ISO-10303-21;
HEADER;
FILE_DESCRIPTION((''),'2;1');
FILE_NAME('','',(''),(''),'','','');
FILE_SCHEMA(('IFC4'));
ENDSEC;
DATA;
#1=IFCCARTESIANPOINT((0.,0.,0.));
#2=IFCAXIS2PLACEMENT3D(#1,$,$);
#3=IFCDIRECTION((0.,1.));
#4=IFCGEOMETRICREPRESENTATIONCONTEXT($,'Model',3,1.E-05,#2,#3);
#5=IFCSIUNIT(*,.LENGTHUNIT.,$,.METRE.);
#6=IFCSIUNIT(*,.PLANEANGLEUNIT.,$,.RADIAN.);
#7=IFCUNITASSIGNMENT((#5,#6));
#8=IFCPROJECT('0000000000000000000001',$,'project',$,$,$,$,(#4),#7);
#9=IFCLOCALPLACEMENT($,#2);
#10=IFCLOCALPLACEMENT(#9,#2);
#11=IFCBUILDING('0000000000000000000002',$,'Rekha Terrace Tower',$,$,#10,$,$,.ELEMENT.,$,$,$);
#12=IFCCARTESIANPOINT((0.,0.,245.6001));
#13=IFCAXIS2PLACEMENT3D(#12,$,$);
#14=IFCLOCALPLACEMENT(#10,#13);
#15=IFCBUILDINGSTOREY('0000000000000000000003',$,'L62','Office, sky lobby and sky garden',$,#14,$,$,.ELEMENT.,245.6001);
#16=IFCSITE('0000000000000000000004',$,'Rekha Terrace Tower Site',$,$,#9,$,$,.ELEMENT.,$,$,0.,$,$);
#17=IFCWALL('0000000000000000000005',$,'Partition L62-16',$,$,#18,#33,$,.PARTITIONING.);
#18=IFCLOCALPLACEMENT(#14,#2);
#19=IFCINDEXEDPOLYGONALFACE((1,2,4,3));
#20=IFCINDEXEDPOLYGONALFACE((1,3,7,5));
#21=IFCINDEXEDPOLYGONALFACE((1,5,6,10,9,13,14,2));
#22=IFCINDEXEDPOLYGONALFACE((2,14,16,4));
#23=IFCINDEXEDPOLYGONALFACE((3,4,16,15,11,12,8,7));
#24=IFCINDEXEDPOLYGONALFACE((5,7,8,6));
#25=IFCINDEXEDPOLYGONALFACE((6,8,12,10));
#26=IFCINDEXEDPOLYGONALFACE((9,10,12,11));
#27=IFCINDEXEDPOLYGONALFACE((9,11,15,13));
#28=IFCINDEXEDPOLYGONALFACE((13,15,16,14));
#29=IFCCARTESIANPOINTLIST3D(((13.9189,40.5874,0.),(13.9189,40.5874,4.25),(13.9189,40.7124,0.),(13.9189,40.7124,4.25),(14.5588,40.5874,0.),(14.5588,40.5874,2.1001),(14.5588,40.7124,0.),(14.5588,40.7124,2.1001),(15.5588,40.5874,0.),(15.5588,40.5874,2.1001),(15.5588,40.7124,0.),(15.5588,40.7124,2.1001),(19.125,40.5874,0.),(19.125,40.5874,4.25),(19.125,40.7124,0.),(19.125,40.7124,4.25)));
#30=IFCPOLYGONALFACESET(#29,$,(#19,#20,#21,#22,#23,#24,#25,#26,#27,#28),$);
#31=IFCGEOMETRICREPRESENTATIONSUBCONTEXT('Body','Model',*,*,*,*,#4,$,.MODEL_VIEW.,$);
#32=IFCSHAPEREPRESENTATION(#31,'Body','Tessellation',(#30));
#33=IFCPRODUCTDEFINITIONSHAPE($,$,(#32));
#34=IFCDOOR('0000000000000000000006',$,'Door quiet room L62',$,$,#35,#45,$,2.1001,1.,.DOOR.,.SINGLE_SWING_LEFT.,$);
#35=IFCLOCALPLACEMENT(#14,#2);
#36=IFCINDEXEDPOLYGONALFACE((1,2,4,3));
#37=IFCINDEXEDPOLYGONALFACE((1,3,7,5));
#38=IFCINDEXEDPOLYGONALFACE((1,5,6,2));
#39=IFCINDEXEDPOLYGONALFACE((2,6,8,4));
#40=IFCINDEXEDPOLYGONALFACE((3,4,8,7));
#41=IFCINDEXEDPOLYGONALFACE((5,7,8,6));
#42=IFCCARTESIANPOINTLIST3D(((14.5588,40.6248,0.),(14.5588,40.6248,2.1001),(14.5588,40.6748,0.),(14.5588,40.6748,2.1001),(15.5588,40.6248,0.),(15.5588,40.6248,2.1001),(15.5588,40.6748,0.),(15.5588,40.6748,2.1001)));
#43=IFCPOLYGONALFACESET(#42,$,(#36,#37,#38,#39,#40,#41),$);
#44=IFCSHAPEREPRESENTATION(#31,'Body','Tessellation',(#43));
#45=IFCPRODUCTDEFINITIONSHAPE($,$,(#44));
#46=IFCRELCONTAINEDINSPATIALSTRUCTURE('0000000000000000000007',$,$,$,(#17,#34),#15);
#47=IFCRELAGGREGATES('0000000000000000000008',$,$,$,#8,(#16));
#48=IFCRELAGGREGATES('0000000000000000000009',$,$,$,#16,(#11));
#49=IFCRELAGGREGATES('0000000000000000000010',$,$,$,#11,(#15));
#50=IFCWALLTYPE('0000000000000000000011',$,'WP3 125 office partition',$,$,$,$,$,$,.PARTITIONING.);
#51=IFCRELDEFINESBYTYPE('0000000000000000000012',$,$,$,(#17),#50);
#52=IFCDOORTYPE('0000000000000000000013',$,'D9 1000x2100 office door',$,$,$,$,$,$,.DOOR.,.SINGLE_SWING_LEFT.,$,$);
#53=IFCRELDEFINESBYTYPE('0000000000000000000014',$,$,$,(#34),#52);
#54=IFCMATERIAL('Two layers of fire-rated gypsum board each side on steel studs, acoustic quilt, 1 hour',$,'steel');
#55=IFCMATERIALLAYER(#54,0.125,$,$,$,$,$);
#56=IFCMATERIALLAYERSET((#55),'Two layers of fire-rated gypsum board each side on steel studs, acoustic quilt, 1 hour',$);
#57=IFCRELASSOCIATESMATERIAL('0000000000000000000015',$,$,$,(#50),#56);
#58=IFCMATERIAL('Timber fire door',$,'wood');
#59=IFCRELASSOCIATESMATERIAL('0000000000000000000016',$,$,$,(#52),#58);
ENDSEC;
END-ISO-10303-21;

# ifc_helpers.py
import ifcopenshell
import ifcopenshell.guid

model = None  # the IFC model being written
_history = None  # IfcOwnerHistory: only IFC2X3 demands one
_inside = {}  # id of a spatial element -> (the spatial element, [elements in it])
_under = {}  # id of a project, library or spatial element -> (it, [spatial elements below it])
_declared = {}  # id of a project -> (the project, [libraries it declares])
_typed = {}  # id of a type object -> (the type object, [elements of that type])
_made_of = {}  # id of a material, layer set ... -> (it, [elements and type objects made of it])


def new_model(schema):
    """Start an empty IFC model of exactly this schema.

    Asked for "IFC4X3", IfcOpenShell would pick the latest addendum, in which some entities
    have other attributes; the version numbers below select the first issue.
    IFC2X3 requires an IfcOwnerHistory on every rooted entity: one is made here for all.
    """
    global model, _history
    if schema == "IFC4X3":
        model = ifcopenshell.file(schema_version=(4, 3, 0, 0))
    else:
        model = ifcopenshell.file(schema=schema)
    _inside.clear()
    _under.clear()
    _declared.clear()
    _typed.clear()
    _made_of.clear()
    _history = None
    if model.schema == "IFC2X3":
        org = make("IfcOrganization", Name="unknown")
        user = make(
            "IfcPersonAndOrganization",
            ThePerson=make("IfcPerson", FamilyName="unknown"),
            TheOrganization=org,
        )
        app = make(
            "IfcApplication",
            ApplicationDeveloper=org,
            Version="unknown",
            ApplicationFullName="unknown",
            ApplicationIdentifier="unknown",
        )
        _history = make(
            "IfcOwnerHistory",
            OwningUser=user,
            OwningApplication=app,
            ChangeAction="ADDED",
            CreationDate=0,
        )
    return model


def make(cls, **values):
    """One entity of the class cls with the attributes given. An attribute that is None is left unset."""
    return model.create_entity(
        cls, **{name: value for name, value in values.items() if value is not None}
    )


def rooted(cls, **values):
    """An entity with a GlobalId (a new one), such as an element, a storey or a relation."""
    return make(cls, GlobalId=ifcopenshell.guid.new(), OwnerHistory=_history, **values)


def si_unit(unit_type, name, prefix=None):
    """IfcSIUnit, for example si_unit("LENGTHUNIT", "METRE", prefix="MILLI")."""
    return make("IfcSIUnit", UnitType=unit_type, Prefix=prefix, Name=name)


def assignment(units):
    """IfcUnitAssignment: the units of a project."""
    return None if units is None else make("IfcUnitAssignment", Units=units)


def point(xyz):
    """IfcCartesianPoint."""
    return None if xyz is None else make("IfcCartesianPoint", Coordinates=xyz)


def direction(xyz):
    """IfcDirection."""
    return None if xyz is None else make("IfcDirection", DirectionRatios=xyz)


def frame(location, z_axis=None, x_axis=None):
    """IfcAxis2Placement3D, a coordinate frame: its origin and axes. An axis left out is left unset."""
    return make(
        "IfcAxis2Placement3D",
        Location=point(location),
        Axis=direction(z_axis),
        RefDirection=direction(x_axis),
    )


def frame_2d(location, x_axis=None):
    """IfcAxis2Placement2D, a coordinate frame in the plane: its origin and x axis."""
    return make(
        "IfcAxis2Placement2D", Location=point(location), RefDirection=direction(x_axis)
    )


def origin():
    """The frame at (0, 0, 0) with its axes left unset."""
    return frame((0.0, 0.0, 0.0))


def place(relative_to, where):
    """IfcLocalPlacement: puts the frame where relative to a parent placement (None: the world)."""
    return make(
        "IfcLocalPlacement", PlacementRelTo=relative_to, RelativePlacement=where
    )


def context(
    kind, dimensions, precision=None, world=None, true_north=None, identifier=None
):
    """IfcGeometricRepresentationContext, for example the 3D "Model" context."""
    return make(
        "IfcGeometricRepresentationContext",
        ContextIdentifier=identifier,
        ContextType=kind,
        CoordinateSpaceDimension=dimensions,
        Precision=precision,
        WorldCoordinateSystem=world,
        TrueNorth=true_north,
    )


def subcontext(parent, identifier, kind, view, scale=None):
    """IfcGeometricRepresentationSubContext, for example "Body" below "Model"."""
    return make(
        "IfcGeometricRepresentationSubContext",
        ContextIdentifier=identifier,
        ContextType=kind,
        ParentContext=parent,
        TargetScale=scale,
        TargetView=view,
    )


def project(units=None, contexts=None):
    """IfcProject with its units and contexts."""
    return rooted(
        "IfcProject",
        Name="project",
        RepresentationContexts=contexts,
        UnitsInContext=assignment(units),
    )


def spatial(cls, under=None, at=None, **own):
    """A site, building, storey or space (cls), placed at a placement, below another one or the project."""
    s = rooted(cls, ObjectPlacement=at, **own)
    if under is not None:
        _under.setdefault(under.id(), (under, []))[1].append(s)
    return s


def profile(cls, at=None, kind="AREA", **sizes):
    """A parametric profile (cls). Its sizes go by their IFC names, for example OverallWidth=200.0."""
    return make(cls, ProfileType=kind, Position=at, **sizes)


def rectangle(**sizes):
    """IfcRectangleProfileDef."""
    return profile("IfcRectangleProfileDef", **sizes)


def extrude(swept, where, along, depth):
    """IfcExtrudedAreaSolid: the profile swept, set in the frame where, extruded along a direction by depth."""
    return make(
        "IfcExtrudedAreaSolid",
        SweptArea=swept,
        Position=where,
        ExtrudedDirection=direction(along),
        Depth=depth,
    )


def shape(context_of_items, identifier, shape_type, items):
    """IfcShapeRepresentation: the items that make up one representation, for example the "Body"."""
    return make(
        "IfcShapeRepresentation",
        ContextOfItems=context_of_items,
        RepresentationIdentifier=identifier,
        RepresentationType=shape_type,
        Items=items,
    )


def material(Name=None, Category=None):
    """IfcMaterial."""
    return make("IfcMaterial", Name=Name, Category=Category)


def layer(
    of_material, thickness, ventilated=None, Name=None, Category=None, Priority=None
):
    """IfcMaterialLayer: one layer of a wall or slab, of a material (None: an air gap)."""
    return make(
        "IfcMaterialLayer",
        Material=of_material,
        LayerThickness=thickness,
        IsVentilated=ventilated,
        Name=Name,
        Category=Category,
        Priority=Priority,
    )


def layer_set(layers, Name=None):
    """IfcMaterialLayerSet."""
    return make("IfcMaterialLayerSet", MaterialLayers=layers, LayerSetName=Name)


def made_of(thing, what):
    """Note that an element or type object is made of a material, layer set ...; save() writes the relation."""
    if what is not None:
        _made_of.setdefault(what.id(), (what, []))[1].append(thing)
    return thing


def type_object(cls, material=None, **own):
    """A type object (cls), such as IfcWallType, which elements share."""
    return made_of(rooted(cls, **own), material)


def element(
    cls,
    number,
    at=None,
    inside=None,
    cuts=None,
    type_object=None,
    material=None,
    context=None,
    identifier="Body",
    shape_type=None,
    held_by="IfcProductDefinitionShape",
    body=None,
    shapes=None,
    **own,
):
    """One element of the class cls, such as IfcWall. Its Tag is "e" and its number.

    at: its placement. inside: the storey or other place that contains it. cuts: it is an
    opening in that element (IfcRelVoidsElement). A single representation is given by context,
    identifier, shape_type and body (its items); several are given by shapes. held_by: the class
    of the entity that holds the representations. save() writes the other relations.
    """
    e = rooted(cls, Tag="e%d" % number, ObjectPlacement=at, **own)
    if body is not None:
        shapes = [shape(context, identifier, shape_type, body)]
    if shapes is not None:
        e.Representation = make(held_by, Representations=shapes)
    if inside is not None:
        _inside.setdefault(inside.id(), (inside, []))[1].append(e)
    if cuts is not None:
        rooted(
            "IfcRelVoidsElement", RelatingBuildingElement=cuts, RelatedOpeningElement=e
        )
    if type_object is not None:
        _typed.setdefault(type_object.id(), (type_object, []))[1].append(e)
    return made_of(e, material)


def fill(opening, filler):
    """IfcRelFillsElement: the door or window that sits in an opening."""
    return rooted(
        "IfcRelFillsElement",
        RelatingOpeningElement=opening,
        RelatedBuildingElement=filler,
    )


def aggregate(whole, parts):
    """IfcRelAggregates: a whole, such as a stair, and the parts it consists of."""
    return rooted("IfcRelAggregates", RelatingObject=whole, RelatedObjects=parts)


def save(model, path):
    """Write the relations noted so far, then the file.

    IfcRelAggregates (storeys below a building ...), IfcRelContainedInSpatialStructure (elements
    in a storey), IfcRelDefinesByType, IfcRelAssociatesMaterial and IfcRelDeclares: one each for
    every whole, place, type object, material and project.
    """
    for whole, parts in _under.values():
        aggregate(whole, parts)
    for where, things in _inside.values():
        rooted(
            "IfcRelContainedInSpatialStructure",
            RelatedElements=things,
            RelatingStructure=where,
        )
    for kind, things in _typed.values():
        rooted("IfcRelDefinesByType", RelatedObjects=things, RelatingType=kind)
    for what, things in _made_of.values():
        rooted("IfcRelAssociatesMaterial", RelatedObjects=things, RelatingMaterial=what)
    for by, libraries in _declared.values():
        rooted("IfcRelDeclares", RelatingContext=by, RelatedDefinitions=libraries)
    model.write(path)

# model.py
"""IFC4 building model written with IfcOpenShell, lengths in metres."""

from ifc_helpers import new_model, si_unit, direction, frame, frame_2d, origin, place, context, subcontext, project, spatial, rectangle, extrude, material, layer, layer_set, type_object, element, fill, save


model = new_model("IFC4")

# Units and contexts
model_context = context("Model", 3, precision=1e-05, world=origin(), true_north=direction((0.0, 1.0)))
body_context = subcontext(model_context, "Body", "Model", "MODEL_VIEW")
ifc_project = project(units=[si_unit("LENGTHUNIT", "METRE"), si_unit("PLANEANGLEUNIT", "RADIAN")], contexts=[model_context])

# Site, building, storey
site_placement = place(None, origin())
site = spatial("IfcSite", under=ifc_project, at=site_placement, Name="Rekha Terrace Tower Site", CompositionType="ELEMENT", RefElevation=0.0)
building_placement = place(site_placement, origin())
building = spatial("IfcBuilding", under=site, at=building_placement, Name="Rekha Terrace Tower", CompositionType="ELEMENT")
storey_placement = place(building_placement, frame((0.0, 0.0, 245.6001)))
storey = spatial("IfcBuildingStorey", under=building, at=storey_placement, Name="L62", Description="Office, sky lobby and sky garden", CompositionType="ELEMENT", Elevation=245.6001)

# Shared definitions
ifc_material_1 = material(Name="Two layers of fire-rated gypsum board each side on steel studs, acoustic quilt, 1 hour", Category="steel")
ifc_layer_1 = layer(ifc_material_1, 0.125)
ifc_layer_set_1 = layer_set([ifc_layer_1], Name="Two layers of fire-rated gypsum board each side on steel studs, acoustic quilt, 1 hour")
wall_type_1 = type_object("IfcWallType", Name="WP3 125 office partition", PredefinedType="PARTITIONING", material=ifc_layer_set_1)

# Shared definitions
ifc_material_2 = material(Name="Timber fire door", Category="wood")

# Shared definitions
door_type_1 = type_object("IfcDoorType", Name="D9 1000x2100 office door", OperationType="SINGLE_SWING_LEFT", PredefinedType="DOOR", material=ifc_material_2)

# Wall, opening, door
wall_1_placement = place(storey_placement, frame((13.9189, 40.6499, 0.0), z_axis=(0.0, 0.0, 1.0), x_axis=(1.0, 0.0, 0.0)))
wall_1 = element("IfcWall", 1, at=wall_1_placement, inside=storey, type_object=wall_type_1, Name="Partition L62-16", PredefinedType="PARTITIONING", context=body_context, shape_type="SweptSolid", body=[
    extrude(rectangle(XDim=5.2061, YDim=0.125, at=frame_2d((2.603, 0.0))), origin(), (0.0, 0.0, 1.0), 4.25),
])
opening_1_placement = place(wall_1_placement, frame((0.6399, 0.0, 0.0)))
opening_1 = element("IfcOpeningElement", 2, at=opening_1_placement, cuts=wall_1, PredefinedType="OPENING", context=body_context, shape_type="SweptSolid", body=[
    extrude(rectangle(XDim=1.0, YDim=2.1001, at=frame_2d((0.5, 1.05))), frame((0.0, 0.0725, 0.0), z_axis=(0.0, -1.0, 0.0), x_axis=(1.0, 0.0, 0.0)), (0.0, 0.0, 1.0), 0.145),
])
door_1_placement = place(opening_1_placement, origin())
door_1 = element("IfcDoor", 3, at=door_1_placement, inside=storey, type_object=door_type_1, Name="Door quiet room L62", OperationType="SINGLE_SWING_LEFT", OverallHeight=2.1001, OverallWidth=1.0, PredefinedType="DOOR", context=body_context, shape_type="SweptSolid", body=[
    extrude(rectangle(XDim=1.0, YDim=2.1001, at=frame_2d((0.5, 1.05))), frame((0.0, 0.0249, 0.0), z_axis=(0.0, -1.0, 0.0), x_axis=(1.0, 0.0, 0.0)), (0.0, 0.0, 1.0), 0.05),
])
fill(opening_1, door_1)

save(model, "model.ifc")
